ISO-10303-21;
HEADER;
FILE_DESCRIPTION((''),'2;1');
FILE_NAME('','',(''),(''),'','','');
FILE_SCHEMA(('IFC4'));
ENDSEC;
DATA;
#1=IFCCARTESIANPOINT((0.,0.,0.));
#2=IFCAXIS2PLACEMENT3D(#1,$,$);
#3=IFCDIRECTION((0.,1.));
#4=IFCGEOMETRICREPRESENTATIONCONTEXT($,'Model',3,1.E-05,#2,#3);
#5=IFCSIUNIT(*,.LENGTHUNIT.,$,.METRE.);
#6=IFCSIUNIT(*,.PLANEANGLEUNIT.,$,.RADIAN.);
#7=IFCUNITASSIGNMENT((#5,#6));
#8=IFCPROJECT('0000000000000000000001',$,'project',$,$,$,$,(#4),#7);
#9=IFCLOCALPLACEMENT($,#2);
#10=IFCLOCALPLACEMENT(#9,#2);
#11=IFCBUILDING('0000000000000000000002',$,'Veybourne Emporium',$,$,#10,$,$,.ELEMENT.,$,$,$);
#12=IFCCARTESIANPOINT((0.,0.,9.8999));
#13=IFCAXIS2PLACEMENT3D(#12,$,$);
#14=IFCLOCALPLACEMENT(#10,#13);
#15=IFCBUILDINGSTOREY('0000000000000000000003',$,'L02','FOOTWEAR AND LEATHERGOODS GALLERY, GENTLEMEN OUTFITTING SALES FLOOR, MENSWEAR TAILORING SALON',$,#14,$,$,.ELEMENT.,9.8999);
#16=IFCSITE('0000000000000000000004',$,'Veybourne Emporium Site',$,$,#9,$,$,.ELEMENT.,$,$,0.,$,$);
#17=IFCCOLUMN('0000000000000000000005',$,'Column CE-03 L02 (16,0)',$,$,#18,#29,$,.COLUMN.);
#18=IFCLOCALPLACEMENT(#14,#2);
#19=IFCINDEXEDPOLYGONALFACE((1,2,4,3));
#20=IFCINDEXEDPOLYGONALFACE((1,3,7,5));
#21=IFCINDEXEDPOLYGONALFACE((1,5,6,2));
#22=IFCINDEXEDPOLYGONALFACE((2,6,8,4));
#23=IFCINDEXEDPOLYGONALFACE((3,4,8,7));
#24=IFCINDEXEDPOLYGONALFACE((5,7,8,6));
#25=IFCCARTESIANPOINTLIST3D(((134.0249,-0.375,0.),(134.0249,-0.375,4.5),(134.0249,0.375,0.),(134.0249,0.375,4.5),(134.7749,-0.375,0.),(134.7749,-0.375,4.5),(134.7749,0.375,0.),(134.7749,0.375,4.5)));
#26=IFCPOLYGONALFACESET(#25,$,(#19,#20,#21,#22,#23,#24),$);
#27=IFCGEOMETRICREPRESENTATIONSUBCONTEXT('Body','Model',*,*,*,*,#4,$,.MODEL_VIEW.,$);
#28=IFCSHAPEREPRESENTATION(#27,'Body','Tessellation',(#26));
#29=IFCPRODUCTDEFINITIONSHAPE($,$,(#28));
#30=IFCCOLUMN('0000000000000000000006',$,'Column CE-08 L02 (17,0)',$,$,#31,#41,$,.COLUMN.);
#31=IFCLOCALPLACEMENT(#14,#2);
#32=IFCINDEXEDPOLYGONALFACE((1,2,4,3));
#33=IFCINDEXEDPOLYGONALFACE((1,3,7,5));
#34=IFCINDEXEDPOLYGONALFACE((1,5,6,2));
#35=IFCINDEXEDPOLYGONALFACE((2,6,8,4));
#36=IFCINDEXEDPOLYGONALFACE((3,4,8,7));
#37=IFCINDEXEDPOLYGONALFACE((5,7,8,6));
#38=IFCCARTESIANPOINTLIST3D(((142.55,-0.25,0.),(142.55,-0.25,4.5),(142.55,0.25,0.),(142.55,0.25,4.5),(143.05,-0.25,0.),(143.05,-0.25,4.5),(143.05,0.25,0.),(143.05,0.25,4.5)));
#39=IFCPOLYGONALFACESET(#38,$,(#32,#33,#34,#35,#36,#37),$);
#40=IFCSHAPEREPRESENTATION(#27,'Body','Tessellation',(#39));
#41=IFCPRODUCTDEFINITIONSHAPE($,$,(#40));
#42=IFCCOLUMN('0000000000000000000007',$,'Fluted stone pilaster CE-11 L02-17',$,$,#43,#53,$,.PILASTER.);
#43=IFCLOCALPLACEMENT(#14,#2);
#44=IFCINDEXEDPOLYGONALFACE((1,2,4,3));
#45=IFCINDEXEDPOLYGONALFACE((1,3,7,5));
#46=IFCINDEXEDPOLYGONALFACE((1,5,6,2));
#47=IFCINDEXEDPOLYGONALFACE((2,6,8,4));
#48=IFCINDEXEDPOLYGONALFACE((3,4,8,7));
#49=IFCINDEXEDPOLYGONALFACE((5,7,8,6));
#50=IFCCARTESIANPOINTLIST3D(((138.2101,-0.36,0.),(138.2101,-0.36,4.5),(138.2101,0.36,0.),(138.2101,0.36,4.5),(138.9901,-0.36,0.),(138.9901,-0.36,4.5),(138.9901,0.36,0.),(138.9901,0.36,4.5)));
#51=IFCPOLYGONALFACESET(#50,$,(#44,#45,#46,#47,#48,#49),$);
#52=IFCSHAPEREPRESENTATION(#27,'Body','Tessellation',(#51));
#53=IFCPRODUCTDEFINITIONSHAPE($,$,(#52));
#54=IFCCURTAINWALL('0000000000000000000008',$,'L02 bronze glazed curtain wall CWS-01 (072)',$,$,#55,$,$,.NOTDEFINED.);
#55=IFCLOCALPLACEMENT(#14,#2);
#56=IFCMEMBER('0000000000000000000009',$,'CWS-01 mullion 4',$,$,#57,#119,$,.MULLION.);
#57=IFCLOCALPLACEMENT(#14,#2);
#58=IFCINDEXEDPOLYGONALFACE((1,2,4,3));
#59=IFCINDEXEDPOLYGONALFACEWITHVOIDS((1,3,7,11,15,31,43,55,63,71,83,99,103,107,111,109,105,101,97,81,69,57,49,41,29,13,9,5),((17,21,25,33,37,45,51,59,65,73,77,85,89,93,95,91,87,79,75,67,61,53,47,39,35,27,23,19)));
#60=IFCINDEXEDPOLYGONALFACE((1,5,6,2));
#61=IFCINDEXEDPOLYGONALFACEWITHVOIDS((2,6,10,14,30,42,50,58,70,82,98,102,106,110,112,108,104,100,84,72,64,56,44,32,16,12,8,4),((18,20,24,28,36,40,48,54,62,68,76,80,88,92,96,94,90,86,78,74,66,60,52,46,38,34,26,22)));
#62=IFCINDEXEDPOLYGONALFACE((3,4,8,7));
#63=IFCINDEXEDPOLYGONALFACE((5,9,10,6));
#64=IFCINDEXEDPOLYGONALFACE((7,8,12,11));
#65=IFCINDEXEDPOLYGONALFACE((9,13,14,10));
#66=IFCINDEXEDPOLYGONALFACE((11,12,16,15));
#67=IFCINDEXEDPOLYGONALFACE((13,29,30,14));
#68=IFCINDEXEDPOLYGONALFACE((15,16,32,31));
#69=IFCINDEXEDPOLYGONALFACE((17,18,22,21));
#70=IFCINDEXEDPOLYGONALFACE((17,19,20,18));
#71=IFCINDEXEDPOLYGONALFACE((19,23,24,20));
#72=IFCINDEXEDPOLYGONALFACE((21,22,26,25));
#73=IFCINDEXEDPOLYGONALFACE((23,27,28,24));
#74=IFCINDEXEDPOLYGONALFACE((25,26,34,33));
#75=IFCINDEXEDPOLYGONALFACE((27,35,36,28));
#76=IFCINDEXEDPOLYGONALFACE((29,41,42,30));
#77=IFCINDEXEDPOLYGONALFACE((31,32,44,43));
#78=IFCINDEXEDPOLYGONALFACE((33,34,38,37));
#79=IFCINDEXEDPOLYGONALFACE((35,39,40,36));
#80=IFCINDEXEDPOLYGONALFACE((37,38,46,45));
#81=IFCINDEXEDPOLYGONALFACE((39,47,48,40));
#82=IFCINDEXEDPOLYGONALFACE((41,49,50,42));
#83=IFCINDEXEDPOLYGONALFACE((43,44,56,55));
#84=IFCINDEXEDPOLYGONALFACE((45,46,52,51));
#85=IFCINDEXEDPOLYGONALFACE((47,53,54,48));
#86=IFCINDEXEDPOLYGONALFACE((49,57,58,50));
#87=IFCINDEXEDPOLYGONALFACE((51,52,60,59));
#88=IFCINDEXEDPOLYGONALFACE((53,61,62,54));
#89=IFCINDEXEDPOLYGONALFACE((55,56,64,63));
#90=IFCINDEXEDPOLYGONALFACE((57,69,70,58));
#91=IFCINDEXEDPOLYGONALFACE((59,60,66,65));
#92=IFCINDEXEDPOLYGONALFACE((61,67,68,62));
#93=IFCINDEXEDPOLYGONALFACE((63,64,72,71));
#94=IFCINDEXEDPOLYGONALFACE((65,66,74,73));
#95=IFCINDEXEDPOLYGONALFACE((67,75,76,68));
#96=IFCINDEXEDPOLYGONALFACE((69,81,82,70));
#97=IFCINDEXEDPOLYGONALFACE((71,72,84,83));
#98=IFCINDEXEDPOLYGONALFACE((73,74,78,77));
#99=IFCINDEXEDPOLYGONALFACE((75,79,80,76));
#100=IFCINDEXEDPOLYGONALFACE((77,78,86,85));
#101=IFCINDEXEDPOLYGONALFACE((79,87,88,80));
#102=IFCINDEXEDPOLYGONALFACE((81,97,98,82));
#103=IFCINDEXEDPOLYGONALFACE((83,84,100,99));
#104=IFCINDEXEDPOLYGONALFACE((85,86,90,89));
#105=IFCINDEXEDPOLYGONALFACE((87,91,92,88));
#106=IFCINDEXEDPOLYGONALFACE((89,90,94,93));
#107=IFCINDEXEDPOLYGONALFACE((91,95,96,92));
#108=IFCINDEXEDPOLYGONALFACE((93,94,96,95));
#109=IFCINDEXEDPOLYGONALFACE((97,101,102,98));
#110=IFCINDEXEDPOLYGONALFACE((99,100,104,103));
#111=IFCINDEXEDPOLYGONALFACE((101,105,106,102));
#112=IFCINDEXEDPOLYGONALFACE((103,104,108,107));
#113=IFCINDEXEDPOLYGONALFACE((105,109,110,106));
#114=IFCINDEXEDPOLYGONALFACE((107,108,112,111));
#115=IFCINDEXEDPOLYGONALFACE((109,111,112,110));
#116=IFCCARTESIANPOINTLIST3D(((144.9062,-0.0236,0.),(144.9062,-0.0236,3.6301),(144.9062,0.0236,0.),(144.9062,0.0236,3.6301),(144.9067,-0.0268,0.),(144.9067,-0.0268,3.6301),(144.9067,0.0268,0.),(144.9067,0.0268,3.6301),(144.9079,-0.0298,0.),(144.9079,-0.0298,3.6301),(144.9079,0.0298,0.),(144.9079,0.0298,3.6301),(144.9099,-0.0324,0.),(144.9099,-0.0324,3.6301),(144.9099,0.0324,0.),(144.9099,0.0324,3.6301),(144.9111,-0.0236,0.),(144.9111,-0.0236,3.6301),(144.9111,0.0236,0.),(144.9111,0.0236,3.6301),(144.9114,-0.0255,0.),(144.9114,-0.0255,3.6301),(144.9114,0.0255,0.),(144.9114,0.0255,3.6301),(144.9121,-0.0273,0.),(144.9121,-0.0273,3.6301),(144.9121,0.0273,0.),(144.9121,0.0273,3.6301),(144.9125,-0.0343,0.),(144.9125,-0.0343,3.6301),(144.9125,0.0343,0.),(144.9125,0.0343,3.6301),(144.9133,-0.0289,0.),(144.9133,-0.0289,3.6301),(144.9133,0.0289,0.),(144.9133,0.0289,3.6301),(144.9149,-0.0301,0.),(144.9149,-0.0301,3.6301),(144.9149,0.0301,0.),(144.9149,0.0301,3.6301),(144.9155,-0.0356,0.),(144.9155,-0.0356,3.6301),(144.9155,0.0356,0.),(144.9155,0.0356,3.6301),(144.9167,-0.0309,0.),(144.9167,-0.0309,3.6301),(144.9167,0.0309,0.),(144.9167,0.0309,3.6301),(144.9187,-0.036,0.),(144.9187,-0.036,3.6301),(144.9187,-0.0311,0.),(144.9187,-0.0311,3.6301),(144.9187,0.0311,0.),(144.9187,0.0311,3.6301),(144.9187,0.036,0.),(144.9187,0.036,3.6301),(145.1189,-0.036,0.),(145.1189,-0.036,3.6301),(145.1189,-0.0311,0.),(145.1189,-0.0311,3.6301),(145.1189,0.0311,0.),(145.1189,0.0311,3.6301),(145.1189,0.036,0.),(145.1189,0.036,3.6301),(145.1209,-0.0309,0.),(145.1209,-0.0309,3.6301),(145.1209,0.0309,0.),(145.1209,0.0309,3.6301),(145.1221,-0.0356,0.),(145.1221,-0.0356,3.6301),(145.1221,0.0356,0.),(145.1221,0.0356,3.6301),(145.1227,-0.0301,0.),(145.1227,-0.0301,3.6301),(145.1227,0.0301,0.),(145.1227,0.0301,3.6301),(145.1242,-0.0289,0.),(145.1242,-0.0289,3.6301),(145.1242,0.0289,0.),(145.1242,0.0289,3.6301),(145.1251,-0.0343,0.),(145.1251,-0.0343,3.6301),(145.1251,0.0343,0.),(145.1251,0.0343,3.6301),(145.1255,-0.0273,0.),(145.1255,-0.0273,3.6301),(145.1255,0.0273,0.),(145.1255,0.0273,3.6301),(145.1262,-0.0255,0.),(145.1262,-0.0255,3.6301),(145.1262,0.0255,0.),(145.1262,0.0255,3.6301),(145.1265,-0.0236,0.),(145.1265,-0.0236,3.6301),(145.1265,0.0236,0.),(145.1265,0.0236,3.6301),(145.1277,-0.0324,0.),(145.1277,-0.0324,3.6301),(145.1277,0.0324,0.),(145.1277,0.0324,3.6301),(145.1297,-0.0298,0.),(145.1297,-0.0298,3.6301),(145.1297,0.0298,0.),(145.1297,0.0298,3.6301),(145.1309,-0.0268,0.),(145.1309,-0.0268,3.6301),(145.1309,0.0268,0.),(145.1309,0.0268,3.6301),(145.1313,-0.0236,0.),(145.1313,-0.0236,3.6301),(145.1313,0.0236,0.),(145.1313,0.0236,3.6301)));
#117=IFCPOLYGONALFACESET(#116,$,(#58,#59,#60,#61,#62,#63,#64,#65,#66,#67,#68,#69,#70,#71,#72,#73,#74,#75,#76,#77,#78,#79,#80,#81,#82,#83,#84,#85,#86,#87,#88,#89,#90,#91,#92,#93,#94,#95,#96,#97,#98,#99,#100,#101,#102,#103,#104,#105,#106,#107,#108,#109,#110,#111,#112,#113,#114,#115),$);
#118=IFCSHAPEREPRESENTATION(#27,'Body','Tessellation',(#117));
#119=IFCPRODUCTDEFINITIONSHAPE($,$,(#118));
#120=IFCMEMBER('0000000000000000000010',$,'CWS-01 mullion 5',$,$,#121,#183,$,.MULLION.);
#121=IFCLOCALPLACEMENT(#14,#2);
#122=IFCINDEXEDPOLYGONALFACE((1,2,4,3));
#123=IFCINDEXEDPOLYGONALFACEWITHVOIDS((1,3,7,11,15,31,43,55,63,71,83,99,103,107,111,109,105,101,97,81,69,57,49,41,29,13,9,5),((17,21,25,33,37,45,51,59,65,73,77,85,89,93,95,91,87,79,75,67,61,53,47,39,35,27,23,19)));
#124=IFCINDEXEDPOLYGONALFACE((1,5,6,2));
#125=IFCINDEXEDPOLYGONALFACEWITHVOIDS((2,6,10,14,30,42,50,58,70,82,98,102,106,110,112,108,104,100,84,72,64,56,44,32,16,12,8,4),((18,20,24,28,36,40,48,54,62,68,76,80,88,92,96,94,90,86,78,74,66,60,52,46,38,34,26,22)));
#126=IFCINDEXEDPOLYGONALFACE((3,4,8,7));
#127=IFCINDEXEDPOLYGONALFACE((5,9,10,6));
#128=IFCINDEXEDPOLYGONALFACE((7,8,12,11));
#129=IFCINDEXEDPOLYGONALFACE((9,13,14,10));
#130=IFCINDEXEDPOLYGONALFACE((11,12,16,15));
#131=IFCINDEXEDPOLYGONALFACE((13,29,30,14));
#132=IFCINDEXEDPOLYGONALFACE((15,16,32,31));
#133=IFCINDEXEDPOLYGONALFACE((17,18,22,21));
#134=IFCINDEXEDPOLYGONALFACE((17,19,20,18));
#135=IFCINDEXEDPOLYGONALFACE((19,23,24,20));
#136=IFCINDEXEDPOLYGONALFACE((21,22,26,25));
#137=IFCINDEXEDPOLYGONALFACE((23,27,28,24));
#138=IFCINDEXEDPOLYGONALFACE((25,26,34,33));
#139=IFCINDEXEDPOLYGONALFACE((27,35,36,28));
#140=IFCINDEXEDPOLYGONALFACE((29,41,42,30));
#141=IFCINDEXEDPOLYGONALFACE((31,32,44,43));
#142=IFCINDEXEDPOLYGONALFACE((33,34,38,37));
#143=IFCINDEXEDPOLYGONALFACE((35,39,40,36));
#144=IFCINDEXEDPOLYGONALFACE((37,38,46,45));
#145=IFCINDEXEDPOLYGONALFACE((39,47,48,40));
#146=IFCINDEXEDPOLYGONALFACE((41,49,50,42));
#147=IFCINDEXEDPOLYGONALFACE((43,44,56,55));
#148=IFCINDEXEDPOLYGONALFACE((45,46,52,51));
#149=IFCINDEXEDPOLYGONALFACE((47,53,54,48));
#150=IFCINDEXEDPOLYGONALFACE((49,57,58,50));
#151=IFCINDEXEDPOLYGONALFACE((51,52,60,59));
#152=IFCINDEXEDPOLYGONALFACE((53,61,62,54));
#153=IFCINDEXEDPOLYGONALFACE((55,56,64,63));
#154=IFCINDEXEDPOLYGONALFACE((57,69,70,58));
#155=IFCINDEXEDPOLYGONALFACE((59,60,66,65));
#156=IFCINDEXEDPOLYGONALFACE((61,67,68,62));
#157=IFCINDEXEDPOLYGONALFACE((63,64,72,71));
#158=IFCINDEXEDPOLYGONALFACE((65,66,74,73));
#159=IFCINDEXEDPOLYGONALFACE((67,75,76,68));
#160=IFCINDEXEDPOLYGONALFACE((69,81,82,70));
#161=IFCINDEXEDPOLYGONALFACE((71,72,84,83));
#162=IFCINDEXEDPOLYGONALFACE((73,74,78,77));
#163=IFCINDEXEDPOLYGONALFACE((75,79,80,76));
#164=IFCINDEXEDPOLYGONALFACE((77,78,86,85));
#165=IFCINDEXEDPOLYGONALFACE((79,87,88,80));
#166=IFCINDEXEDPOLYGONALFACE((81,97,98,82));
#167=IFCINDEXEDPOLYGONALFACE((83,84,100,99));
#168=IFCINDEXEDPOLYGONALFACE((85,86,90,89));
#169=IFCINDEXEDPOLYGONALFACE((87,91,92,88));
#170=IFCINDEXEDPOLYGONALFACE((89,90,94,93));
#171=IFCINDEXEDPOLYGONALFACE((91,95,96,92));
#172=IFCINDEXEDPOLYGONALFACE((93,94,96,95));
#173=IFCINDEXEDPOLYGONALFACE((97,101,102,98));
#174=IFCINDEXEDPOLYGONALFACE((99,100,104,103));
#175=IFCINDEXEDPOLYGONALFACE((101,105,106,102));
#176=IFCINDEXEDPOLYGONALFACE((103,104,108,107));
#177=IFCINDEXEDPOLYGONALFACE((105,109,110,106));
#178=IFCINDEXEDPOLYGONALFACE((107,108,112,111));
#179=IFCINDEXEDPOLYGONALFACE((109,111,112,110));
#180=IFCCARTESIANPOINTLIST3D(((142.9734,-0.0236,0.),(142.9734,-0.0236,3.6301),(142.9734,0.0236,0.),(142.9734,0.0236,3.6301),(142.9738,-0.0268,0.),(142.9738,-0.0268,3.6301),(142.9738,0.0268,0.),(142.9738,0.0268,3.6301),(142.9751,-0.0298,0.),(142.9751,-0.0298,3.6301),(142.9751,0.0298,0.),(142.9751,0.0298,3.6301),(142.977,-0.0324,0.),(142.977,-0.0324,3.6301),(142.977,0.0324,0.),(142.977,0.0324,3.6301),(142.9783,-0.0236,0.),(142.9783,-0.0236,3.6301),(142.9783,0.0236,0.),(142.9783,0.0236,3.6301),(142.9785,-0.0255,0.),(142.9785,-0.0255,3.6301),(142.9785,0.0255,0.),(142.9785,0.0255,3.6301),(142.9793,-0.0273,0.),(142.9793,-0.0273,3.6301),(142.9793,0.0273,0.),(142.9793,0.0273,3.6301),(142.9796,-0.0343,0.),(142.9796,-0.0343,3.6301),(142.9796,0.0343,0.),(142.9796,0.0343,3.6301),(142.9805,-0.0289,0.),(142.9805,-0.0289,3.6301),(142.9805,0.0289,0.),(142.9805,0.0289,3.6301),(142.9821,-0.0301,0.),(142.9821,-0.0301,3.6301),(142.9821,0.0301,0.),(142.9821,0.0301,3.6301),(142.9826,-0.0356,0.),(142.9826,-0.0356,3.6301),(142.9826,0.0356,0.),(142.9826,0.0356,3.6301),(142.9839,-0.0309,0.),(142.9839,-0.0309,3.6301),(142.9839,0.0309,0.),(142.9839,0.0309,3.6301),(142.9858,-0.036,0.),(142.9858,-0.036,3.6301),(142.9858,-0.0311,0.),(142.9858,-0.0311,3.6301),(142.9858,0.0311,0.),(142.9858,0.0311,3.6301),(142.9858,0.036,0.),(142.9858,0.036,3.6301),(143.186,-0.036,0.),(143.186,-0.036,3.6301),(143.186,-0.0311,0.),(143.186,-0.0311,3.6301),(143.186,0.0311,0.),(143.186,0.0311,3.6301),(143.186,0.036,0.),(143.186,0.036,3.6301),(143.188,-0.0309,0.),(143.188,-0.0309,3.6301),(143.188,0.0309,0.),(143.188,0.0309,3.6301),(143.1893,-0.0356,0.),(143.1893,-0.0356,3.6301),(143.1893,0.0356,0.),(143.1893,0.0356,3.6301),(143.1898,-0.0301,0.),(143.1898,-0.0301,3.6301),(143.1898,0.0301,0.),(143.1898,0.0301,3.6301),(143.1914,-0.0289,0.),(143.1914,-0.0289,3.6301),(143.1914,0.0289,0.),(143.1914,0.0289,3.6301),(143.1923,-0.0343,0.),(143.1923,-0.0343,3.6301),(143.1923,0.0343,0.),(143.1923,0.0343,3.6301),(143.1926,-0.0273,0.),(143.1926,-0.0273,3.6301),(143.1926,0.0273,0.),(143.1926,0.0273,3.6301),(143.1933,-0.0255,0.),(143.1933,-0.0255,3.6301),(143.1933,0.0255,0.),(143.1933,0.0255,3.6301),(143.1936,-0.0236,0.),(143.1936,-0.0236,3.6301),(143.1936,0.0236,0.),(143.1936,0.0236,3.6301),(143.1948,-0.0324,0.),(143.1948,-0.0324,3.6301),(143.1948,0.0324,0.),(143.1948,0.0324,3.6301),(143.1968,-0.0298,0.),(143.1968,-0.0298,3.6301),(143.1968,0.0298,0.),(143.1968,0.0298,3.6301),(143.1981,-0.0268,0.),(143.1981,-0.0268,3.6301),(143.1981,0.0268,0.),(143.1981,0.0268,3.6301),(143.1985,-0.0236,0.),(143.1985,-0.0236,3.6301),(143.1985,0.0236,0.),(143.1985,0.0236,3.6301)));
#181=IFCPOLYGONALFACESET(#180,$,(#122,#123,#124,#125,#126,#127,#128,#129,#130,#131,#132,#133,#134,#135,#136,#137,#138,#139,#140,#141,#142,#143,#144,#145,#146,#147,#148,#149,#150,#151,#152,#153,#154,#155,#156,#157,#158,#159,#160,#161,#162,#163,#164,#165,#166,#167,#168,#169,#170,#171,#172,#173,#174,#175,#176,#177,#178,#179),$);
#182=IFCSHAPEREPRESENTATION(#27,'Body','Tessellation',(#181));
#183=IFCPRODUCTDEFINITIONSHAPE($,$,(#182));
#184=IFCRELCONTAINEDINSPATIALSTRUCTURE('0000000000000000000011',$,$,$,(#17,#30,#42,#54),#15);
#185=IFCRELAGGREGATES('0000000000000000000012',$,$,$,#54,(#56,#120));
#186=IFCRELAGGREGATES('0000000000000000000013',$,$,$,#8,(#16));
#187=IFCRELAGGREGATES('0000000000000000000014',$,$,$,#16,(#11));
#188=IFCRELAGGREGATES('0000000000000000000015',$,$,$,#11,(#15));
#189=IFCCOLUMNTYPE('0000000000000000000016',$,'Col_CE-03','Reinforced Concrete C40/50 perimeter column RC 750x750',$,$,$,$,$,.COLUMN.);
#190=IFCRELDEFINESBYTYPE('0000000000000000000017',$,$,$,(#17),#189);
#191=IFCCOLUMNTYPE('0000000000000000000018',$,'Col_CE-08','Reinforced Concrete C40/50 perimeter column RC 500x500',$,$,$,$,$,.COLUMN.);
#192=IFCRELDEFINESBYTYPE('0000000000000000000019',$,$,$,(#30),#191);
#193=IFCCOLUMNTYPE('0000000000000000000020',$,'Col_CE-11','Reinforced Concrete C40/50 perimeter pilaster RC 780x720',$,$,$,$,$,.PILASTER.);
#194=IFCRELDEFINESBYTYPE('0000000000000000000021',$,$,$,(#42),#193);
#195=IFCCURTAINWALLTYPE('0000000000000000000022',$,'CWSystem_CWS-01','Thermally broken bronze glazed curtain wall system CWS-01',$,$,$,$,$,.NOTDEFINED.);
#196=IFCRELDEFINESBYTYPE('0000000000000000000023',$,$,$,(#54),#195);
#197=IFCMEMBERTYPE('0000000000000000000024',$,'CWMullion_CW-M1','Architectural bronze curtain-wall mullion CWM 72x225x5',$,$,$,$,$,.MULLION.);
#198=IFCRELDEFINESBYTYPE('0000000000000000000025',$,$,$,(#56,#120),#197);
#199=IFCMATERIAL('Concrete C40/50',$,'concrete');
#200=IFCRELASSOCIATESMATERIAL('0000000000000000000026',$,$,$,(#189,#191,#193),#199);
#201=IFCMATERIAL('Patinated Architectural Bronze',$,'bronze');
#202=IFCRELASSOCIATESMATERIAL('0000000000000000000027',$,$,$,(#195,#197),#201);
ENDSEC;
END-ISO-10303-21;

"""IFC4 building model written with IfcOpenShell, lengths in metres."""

from ifc_helpers import new_model, si_unit, direction, frame, origin, origin_2d, place, context, subcontext, project, spatial, rectangle, hollow_rectangle, extrude, material, material_profile, profile_set, type_object, element, aggregate, save


model = new_model("IFC4")

# Units and contexts
model_context = context("Model", 3, precision=1e-05, world=origin(), true_north=direction((0.0, 1.0)))
body_context = subcontext(model_context, "Body", "Model", "MODEL_VIEW")
ifc_project = project(units=[si_unit("LENGTHUNIT", "METRE"), si_unit("PLANEANGLEUNIT", "RADIAN")], contexts=[model_context])

# Site, building, storey
site_placement = place(None, origin())
site = spatial("IfcSite", under=ifc_project, at=site_placement, Name="Veybourne Emporium Site", CompositionType="ELEMENT", RefElevation=0.0)
building_placement = place(site_placement, origin())
building = spatial("IfcBuilding", under=site, at=building_placement, Name="Veybourne Emporium", CompositionType="ELEMENT")
storey_placement = place(building_placement, frame((0.0, 0.0, 9.8999)))
storey = spatial("IfcBuildingStorey", under=building, at=storey_placement, Name="L02", Description="FOOTWEAR AND LEATHERGOODS GALLERY, GENTLEMEN OUTFITTING SALES FLOOR, MENSWEAR TAILORING SALON", CompositionType="ELEMENT", Elevation=9.8999)

# Columns
ifc_material_1 = material(Name="Concrete C40/50", Category="concrete")
ifc_material_profile_1 = material_profile(ifc_material_1, rectangle(XDim=0.75, YDim=0.75, at=origin_2d()), Name="RC 750x750")
ifc_profile_set_1 = profile_set([ifc_material_profile_1], Name="Concrete C40/50")
column_type_1 = type_object("IfcColumnType", Name="Col_CE-03", Description="Reinforced Concrete C40/50 perimeter column RC 750x750", PredefinedType="COLUMN", material=ifc_profile_set_1)
column_1_placement = place(storey_placement, frame((134.3999, 0.0, 0.0), z_axis=(0.0, 0.0, 1.0), x_axis=(1.0, 0.0, 0.0)))
element("IfcColumn", 1, at=column_1_placement, inside=storey, type_object=column_type_1, Name="Column CE-03 L02 (16,0)", PredefinedType="COLUMN", context=body_context, shape_type="SweptSolid", body=[
    extrude(rectangle(XDim=0.75, YDim=0.75, at=origin_2d()), origin(), (0.0, 0.0, 1.0), 4.5),
])
ifc_material_profile_2 = material_profile(ifc_material_1, rectangle(XDim=0.5, YDim=0.5, at=origin_2d()), Name="RC 500x500")
ifc_profile_set_2 = profile_set([ifc_material_profile_2], Name="Concrete C40/50")
column_type_2 = type_object("IfcColumnType", Name="Col_CE-08", Description="Reinforced Concrete C40/50 perimeter column RC 500x500", PredefinedType="COLUMN", material=ifc_profile_set_2)
column_2_placement = place(storey_placement, frame((142.8, 0.0, 0.0), z_axis=(0.0, 0.0, 1.0), x_axis=(1.0, 0.0, 0.0)))
element("IfcColumn", 2, at=column_2_placement, inside=storey, type_object=column_type_2, Name="Column CE-08 L02 (17,0)", PredefinedType="COLUMN", context=body_context, shape_type="SweptSolid", body=[
    extrude(rectangle(XDim=0.5, YDim=0.5, at=origin_2d()), origin(), (0.0, 0.0, 1.0), 4.5),
])
ifc_material_profile_3 = material_profile(ifc_material_1, rectangle(XDim=0.78, YDim=0.72, at=origin_2d()), Name="RC 780x720")
ifc_profile_set_3 = profile_set([ifc_material_profile_3], Name="Concrete C40/50")
column_type_3 = type_object("IfcColumnType", Name="Col_CE-11", Description="Reinforced Concrete C40/50 perimeter pilaster RC 780x720", PredefinedType="PILASTER", material=ifc_profile_set_3)
column_3_placement = place(storey_placement, frame((138.6001, 0.0, 0.0), z_axis=(0.0, 0.0, 1.0), x_axis=(1.0, 0.0, 0.0)))
element("IfcColumn", 3, at=column_3_placement, inside=storey, type_object=column_type_3, Name="Fluted stone pilaster CE-11 L02-17", PredefinedType="PILASTER", context=body_context, shape_type="SweptSolid", body=[
    extrude(rectangle(XDim=0.78, YDim=0.72, at=origin_2d()), origin(), (0.0, 0.0, 1.0), 4.5),
])

# Curtain wall, members
ifc_material_2 = material(Name="Patinated Architectural Bronze", Category="bronze")
curtain_wall_type_1 = type_object("IfcCurtainWallType", Name="CWSystem_CWS-01", Description="Thermally broken bronze glazed curtain wall system CWS-01", PredefinedType="NOTDEFINED", material=ifc_material_2)
curtain_wall_1_placement = place(storey_placement, origin())
curtain_wall_1 = element("IfcCurtainWall", 4, at=curtain_wall_1_placement, inside=storey, type_object=curtain_wall_type_1, Name="L02 bronze glazed curtain wall CWS-01 (072)", PredefinedType="NOTDEFINED")
ifc_material_profile_4 = material_profile(ifc_material_2, hollow_rectangle(XDim=0.072, YDim=0.2251, WallThickness=0.0049, InnerFilletRadius=0.0076, OuterFilletRadius=0.0125, at=origin_2d()), Name="CWM 72x225x5")
ifc_profile_set_4 = profile_set([ifc_material_profile_4], Name="Patinated Architectural Bronze")
member_type_1 = type_object("IfcMemberType", Name="CWMullion_CW-M1", Description="Architectural bronze curtain-wall mullion CWM 72x225x5", PredefinedType="MULLION", material=ifc_profile_set_4)
member_1_placement = place(storey_placement, frame((145.0188, 0.0, 0.0), z_axis=(0.0, 0.0, 1.0), x_axis=(0.0, -1.0, 0.0)))
member_1 = element("IfcMember", 5, at=member_1_placement, type_object=member_type_1, Name="CWS-01 mullion 4", PredefinedType="MULLION", context=body_context, shape_type="SweptSolid", body=[
    extrude(hollow_rectangle(XDim=0.072, YDim=0.2251, WallThickness=0.0049, InnerFilletRadius=0.0076, OuterFilletRadius=0.0125, at=origin_2d()), origin(), (0.0, 0.0, 1.0), 3.6301),
])
member_2_placement = place(storey_placement, frame((143.0859, 0.0, 0.0), z_axis=(0.0, 0.0, 1.0), x_axis=(0.0, -1.0, 0.0)))
member_2 = element("IfcMember", 6, at=member_2_placement, type_object=member_type_1, Name="CWS-01 mullion 5", PredefinedType="MULLION", context=body_context, shape_type="SweptSolid", body=[
    extrude(hollow_rectangle(XDim=0.072, YDim=0.2251, WallThickness=0.0049, InnerFilletRadius=0.0076, OuterFilletRadius=0.0125, at=origin_2d()), origin(), (0.0, 0.0, 1.0), 3.6301),
])

aggregate(curtain_wall_1, [member_1, member_2])

save(model, "model.ifc")
